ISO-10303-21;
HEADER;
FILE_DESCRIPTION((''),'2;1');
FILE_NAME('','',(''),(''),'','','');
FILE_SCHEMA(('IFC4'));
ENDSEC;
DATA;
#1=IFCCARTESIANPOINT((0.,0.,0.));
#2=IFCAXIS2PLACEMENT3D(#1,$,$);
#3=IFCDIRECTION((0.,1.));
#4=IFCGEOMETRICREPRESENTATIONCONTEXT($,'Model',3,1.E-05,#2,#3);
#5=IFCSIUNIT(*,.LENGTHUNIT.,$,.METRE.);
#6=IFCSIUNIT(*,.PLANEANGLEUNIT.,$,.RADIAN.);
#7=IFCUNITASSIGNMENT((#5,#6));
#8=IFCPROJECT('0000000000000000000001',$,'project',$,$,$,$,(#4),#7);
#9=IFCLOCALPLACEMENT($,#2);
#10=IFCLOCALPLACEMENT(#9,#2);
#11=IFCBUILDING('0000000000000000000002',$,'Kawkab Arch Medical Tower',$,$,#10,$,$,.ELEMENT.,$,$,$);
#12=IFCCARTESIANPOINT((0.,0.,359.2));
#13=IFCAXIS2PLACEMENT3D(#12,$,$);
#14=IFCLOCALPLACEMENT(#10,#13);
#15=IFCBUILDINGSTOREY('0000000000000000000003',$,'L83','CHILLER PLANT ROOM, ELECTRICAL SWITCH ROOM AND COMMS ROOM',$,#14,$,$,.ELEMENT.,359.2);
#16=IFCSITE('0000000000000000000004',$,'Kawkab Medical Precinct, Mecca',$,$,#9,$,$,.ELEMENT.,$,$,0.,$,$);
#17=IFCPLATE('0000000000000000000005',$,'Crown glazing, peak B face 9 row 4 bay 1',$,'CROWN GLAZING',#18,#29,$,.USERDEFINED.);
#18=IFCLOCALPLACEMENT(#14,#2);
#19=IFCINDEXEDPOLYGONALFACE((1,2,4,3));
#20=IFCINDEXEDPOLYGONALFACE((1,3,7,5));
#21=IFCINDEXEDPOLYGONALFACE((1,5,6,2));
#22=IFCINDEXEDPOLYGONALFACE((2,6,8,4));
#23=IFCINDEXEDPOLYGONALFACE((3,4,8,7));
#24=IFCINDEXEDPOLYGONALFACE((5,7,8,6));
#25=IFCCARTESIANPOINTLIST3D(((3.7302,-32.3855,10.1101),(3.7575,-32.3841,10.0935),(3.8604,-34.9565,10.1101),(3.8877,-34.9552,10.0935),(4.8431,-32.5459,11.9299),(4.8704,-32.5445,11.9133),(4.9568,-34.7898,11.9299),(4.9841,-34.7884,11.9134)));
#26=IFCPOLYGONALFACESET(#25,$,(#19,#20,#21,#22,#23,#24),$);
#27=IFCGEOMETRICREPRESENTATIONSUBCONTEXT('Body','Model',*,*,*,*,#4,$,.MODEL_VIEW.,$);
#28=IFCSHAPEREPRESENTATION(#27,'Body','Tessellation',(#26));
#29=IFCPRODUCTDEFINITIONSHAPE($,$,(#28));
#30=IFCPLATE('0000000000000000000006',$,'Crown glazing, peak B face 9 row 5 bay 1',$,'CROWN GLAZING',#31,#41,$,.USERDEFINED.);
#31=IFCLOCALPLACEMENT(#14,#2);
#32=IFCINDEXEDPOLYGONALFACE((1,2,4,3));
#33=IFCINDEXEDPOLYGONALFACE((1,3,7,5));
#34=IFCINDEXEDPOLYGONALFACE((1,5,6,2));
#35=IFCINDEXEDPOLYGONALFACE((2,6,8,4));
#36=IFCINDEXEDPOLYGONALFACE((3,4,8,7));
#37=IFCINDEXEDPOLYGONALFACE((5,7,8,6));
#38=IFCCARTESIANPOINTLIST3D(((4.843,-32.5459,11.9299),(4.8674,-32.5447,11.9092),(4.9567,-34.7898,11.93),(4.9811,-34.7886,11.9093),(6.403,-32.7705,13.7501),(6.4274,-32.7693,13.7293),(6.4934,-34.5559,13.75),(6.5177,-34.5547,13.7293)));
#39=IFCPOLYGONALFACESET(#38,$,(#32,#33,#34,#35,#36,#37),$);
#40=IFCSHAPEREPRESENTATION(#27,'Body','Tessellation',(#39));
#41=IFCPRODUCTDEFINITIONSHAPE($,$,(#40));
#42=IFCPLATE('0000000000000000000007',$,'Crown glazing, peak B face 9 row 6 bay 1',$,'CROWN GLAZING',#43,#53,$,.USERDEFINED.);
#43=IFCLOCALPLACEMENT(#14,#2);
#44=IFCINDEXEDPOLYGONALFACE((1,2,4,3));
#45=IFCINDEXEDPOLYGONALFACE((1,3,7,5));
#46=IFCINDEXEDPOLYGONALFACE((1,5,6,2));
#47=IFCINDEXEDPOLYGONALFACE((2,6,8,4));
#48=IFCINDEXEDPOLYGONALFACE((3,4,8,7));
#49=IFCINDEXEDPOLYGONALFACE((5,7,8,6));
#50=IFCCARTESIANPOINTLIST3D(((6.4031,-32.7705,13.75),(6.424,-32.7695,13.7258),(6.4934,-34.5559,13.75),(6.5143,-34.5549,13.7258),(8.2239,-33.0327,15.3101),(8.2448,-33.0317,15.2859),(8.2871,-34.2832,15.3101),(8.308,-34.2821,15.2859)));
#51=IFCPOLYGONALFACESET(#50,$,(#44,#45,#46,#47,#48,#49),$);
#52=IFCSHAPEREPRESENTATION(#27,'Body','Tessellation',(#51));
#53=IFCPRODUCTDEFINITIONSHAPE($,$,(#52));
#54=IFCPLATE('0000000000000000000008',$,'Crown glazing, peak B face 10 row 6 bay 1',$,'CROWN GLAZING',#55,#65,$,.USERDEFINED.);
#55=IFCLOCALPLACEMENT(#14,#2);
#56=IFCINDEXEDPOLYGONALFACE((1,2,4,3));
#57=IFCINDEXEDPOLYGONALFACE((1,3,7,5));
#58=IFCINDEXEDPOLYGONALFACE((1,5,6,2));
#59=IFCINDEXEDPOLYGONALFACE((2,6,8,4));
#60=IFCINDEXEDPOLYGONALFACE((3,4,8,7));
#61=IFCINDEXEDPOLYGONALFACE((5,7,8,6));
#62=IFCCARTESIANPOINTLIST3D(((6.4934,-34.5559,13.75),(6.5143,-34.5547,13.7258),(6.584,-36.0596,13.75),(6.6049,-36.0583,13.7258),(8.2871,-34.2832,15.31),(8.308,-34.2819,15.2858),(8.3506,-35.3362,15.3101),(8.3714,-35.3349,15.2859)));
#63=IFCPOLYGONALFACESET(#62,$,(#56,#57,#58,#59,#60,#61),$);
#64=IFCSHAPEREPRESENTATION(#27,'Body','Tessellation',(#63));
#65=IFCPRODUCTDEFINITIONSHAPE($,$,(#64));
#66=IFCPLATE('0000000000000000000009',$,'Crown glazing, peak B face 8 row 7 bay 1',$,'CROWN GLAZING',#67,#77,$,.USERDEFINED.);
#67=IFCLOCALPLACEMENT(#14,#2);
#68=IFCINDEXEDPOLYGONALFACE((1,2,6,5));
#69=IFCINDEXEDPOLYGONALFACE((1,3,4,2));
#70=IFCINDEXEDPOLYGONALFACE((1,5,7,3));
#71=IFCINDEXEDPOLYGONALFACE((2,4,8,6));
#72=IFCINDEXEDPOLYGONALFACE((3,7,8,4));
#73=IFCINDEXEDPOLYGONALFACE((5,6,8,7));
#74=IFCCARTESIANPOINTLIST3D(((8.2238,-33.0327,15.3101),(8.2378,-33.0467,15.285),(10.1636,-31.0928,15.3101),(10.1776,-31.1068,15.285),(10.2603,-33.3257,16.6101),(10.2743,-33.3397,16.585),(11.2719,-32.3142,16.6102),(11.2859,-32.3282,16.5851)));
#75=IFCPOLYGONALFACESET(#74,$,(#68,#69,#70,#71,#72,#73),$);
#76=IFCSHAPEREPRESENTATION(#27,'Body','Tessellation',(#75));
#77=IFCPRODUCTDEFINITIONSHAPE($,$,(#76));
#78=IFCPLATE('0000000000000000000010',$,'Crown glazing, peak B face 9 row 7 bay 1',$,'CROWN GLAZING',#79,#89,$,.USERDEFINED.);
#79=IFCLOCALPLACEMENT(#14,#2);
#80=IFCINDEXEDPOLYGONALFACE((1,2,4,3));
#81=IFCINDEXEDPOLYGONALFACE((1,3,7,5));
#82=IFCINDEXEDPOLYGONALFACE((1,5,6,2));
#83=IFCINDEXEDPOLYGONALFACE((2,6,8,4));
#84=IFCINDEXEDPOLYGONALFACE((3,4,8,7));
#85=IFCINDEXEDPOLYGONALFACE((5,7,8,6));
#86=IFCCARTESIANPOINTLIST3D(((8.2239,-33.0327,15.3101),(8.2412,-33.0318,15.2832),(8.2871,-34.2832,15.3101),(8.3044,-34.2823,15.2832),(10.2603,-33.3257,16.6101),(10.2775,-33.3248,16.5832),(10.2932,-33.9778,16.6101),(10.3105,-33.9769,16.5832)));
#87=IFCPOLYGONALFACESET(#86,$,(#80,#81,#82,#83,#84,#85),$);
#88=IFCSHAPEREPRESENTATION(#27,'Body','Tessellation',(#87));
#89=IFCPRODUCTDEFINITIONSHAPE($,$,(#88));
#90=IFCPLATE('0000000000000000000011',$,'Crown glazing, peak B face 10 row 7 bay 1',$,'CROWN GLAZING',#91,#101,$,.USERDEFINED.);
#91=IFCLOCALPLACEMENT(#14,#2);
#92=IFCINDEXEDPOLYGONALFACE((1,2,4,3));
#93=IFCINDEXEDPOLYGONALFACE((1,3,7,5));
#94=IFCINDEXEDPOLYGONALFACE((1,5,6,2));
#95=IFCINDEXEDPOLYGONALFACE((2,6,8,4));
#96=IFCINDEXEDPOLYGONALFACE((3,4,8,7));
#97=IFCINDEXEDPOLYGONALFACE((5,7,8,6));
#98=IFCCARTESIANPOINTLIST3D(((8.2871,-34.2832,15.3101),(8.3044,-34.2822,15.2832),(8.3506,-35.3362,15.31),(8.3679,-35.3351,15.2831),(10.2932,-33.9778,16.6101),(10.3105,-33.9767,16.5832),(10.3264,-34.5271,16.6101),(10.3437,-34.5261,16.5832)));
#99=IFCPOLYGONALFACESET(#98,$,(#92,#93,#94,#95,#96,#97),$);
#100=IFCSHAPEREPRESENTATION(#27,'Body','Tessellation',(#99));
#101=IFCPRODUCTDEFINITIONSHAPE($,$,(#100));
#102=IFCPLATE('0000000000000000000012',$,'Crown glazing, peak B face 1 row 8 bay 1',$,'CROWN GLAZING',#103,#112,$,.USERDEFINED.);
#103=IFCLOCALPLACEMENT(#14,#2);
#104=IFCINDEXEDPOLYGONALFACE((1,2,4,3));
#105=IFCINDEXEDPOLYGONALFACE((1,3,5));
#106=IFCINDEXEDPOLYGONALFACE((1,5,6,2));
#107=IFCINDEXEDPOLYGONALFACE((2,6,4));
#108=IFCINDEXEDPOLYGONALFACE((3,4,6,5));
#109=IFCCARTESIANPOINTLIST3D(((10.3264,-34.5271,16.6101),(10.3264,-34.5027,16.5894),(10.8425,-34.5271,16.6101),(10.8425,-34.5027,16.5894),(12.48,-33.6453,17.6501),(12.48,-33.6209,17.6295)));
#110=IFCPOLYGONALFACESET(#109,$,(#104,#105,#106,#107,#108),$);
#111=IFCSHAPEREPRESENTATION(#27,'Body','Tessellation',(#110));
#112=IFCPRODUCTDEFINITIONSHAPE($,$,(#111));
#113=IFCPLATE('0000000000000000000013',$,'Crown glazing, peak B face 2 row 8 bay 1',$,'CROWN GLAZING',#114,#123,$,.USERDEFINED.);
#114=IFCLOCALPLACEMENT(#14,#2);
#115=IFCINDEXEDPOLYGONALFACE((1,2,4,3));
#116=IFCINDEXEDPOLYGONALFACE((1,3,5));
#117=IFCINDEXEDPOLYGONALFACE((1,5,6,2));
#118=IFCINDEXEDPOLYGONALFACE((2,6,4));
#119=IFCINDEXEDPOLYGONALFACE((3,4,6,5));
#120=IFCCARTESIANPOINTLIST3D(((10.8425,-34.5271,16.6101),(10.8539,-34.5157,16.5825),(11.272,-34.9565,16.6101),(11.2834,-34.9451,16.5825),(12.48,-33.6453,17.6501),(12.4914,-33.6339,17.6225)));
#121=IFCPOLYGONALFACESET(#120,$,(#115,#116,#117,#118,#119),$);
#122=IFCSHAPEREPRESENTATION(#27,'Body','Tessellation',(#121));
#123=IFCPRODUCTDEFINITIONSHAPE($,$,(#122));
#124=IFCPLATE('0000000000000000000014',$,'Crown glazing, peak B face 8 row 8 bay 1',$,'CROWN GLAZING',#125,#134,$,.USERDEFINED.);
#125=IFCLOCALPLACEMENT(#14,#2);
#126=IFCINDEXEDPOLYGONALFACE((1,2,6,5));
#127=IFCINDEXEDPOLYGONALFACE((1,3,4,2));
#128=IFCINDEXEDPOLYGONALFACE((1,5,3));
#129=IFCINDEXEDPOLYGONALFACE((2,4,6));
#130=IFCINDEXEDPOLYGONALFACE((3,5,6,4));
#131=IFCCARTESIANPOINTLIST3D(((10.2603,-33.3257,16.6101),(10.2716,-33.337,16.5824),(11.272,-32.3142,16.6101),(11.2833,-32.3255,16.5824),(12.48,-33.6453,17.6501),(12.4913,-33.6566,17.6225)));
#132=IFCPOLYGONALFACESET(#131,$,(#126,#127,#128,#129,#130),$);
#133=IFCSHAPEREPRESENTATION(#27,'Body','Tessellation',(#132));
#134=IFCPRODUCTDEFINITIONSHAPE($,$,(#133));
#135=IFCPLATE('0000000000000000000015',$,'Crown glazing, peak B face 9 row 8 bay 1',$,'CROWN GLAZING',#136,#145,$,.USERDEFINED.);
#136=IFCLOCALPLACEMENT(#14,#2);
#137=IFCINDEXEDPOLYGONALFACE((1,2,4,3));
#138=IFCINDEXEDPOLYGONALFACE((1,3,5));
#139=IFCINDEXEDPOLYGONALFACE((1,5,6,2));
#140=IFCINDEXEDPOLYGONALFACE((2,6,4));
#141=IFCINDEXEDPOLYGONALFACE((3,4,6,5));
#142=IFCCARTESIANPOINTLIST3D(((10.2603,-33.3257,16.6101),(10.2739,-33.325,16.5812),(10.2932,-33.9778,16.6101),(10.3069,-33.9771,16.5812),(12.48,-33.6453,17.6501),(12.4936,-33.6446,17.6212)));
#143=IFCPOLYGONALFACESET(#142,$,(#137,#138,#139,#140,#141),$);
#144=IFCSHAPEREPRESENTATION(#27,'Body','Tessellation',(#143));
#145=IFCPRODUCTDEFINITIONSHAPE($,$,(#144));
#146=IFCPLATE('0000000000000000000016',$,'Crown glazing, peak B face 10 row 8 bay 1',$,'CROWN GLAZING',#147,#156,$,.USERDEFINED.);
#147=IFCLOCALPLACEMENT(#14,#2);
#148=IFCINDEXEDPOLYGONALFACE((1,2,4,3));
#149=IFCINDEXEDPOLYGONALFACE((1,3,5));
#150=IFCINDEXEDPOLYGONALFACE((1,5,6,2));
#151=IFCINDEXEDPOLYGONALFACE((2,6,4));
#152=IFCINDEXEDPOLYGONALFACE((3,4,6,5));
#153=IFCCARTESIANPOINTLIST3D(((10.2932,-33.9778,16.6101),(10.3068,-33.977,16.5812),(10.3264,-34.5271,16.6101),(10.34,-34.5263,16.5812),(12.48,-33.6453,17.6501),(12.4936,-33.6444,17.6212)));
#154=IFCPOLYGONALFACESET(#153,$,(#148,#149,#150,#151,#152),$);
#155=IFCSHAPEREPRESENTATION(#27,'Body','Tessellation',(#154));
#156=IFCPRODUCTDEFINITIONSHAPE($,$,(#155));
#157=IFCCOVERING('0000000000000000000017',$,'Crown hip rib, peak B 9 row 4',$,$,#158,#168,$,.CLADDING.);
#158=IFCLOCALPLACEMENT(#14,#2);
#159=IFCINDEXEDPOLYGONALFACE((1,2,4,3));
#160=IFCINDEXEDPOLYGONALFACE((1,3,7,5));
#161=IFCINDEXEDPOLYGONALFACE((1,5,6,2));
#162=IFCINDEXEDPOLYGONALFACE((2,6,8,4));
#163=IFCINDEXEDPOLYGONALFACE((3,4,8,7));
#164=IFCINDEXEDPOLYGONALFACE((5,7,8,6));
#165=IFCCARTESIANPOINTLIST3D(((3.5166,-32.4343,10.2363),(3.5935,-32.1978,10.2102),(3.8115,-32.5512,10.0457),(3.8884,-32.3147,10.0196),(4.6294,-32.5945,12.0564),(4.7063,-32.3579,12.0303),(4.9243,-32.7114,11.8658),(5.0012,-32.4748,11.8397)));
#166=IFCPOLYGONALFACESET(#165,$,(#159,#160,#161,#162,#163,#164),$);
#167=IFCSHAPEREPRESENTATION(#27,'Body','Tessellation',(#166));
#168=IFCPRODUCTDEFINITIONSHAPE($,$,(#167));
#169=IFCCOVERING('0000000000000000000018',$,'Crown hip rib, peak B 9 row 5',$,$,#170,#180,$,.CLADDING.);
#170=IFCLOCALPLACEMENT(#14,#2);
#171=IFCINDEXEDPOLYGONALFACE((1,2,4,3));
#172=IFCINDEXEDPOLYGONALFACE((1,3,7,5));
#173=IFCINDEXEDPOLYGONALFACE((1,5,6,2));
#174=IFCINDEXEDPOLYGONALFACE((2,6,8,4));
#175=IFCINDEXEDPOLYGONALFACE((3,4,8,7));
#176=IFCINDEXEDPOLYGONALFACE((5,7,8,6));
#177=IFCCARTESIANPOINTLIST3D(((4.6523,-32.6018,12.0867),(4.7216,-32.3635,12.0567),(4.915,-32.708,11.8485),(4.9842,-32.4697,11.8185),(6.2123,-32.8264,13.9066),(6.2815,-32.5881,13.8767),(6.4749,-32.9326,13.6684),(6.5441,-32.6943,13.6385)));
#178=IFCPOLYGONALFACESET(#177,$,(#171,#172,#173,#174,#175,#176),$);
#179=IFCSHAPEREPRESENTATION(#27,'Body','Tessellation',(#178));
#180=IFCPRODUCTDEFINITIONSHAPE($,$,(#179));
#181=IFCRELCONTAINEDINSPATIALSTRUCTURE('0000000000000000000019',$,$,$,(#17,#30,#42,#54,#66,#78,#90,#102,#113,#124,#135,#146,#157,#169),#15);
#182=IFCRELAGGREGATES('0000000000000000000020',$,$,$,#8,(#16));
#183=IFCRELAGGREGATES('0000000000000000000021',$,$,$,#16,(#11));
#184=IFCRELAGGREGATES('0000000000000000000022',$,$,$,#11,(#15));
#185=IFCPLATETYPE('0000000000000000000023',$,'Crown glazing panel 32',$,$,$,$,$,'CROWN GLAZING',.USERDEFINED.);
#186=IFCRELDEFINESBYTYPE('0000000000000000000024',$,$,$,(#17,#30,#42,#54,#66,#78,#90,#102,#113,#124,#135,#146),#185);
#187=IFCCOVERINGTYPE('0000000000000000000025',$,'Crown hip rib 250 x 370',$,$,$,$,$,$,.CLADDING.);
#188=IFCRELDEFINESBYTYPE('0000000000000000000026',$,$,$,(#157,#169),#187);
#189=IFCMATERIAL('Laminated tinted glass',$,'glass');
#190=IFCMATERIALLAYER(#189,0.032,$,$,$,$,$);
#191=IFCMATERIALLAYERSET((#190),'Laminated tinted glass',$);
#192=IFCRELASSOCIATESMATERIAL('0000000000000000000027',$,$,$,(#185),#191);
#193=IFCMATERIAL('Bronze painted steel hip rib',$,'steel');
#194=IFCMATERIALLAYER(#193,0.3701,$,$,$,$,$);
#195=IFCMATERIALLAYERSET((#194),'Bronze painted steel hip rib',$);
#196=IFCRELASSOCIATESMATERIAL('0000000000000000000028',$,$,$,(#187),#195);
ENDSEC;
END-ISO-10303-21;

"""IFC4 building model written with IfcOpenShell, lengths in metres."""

from ifc_helpers import new_model, si_unit, direction, frame, origin, place, context, subcontext, project, spatial, polyline, outline, extrude, material, layer, layer_set, type_object, element, save


model = new_model("IFC4")

# Units and contexts
model_context = context("Model", 3, precision=1e-05, world=origin(), true_north=direction((0.0, 1.0)))
body_context = subcontext(model_context, "Body", "Model", "MODEL_VIEW")
ifc_project = project(units=[si_unit("LENGTHUNIT", "METRE"), si_unit("PLANEANGLEUNIT", "RADIAN")], contexts=[model_context])

# Site, building, storey
site_placement = place(None, origin())
site = spatial("IfcSite", under=ifc_project, at=site_placement, Name="Kawkab Medical Precinct, Mecca", CompositionType="ELEMENT", RefElevation=0.0)
building_placement = place(site_placement, origin())
building = spatial("IfcBuilding", under=site, at=building_placement, Name="Kawkab Arch Medical Tower", CompositionType="ELEMENT")
storey_placement = place(building_placement, frame((0.0, 0.0, 359.2)))
storey = spatial("IfcBuildingStorey", under=building, at=storey_placement, Name="L83", Description="CHILLER PLANT ROOM, ELECTRICAL SWITCH ROOM AND COMMS ROOM", CompositionType="ELEMENT", Elevation=359.2)

# Plates
ifc_material_1 = material(Name="Laminated tinted glass", Category="glass")
ifc_layer_1 = layer(ifc_material_1, 0.032)
ifc_layer_set_1 = layer_set([ifc_layer_1], Name="Laminated tinted glass")
plate_type = type_object("IfcPlateType", Name="Crown glazing panel 32", ElementType="CROWN GLAZING", PredefinedType="USERDEFINED", material=ifc_layer_set_1)
plate_1_placement = place(storey_placement, frame((3.7302, -32.3855, 10.1101), z_axis=(-0.854012, -0.043259, 0.518452), x_axis=(0.050578, -0.99872, -0.000018)))
element("IfcPlate", 1, at=plate_1_placement, inside=storey, type_object=plate_type, Name="Crown glazing, peak B face 9 row 4 bay 1", ObjectType="CROWN GLAZING", PredefinedType="USERDEFINED", context=body_context, shape_type="SweptSolid", body=[
    extrude(outline(polyline([(0.0, 0.0), (2.5743, 0.0), (2.4632, 2.1282), (0.2164, 2.1281), (0.0, 0.0)])), origin(), (0.0, 0.0, -1.0), 0.032),
])
plate_2_placement = place(storey_placement, frame((4.843, -32.5459, 11.9299), z_axis=(-0.76106, -0.038551, 0.647535), x_axis=(0.050609, -0.998719, 0.000023)))
element("IfcPlate", 2, at=plate_2_placement, inside=storey, type_object=plate_type, Name="Crown glazing, peak B face 9 row 5 bay 1", ObjectType="CROWN GLAZING", PredefinedType="USERDEFINED", context=body_context, shape_type="SweptSolid", body=[
    extrude(outline(polyline([(0.0, 0.0), (2.2468, 0.0), (2.091, 2.3884), (0.3033, 2.3885), (0.0, 0.0)])), origin(), (0.0, 0.0, -1.0), 0.032),
])
plate_3_placement = place(storey_placement, frame((6.4031, -32.7705, 13.75), z_axis=(-0.653029, -0.033032, 0.756613), x_axis=(0.050525, -0.998723, 0.000006)))
element("IfcPlate", 3, at=plate_3_placement, inside=storey, type_object=plate_type, Name="Crown glazing, peak B face 9 row 6 bay 1", ObjectType="CROWN GLAZING", PredefinedType="USERDEFINED", context=body_context, shape_type="SweptSolid", body=[
    extrude(outline(polyline([(0.0, 0.0), (1.7877, 0.0), (1.606, 2.3859), (0.3539, 2.3859), (0.0, 0.0)])), origin(), (0.0, 0.0, -1.0), 0.032),
])
plate_4_placement = place(storey_placement, frame((6.4934, -34.5559, 13.75), z_axis=(-0.652333, -0.039307, 0.756913), x_axis=(0.060136, -0.99819, -0.000009)))
element("IfcPlate", 4, at=plate_4_placement, inside=storey, type_object=plate_type, Name="Crown glazing, peak B face 10 row 6 bay 1", ObjectType="CROWN GLAZING", PredefinedType="USERDEFINED", context=body_context, shape_type="SweptSolid", body=[
    extrude(outline(polyline([(0.0, 0.0), (1.5064, 0.0), (0.8905, 2.3872), (-0.1644, 2.3872), (0.0, 0.0)])), origin(), (0.0, 0.0, -1.0), 0.032),
])
plate_5_placement = place(storey_placement, frame((10.1636, -31.0928, 15.3101), z_axis=(-0.438066, 0.438066, 0.784982), x_axis=(-0.707079, -0.707134, 0.000031)))
element("IfcPlate", 5, at=plate_5_placement, inside=storey, type_object=plate_type, Name="Crown glazing, peak B face 8 row 7 bay 1", ObjectType="CROWN GLAZING", PredefinedType="USERDEFINED", context=body_context, shape_type="SweptSolid", body=[
    extrude(outline(polyline([(0.0, 0.0), (2.7433, 0.0), (1.5106, 2.0984), (0.08, 2.0986), (0.0, 0.0)])), origin(), (0.0, 0.0, -1.0), 0.032),
])
plate_6_placement = place(storey_placement, frame((8.2239, -33.0327, 15.3101), z_axis=(-0.540696, -0.027337, 0.840774), x_axis=(0.050499, -0.998724, 0.000004)))
element("IfcPlate", 6, at=plate_6_placement, inside=storey, type_object=plate_type, Name="Crown glazing, peak B face 9 row 7 bay 1", ObjectType="CROWN GLAZING", PredefinedType="USERDEFINED", context=body_context, shape_type="SweptSolid", body=[
    extrude(outline(polyline([(0.0, 0.0), (1.2521, 0.0), (1.0484, 2.4013), (0.3954, 2.4013), (0.0, 0.0)])), origin(), (0.0, 0.0, -1.0), 0.032),
])
plate_7_placement = place(storey_placement, frame((8.2871, -34.2832, 15.3101), z_axis=(-0.540037, -0.032585, 0.84101), x_axis=(0.06019, -0.998187, -0.000025)))
element("IfcPlate", 7, at=plate_7_placement, inside=storey, type_object=plate_type, Name="Crown glazing, peak B face 10 row 7 bay 1", ObjectType="CROWN GLAZING", PredefinedType="USERDEFINED", context=body_context, shape_type="SweptSolid", body=[
    extrude(outline(polyline([(0.0, 0.0), (1.0549, 0.0), (0.3662, 2.403), (-0.1842, 2.4029), (0.0, 0.0)])), origin(), (0.0, 0.0, -1.0), 0.032),
])
plate_8_placement = place(storey_placement, frame((10.3264, -34.5271, 16.6101), z_axis=(0.0, -0.762734, 0.646712), x_axis=(1.0, 0.0, 0.0)))
element("IfcPlate", 8, at=plate_8_placement, inside=storey, type_object=plate_type, Name="Crown glazing, peak B face 1 row 8 bay 1", ObjectType="CROWN GLAZING", PredefinedType="USERDEFINED", context=body_context, shape_type="SweptSolid", body=[
    extrude(outline(polyline([(0.0, 0.0), (0.5161, 0.0), (2.1536, 1.3636), (0.0, 0.0)])), origin(), (0.0, 0.0, -1.0), 0.032),
])
plate_9_placement = place(storey_placement, frame((10.8425, -34.5271, 16.6101), z_axis=(-0.356517, -0.356517, 0.863592), x_axis=(0.707107, -0.707107, 0.0)))
element("IfcPlate", 9, at=plate_9_placement, inside=storey, type_object=plate_type, Name="Crown glazing, peak B face 2 row 8 bay 1", ObjectType="CROWN GLAZING", PredefinedType="USERDEFINED", context=body_context, shape_type="SweptSolid", body=[
    extrude(outline(polyline([(0.0, 0.0), (0.6073, 0.0), (0.5343, 2.0628), (0.0, 0.0)])), origin(), (0.0, 0.0, -1.0), 0.032),
])
plate_10_placement = place(storey_placement, frame((11.272, -32.3142, 16.6101), z_axis=(-0.354396, 0.354481, 0.865301), x_axis=(-0.707192, -0.707021, 0.0)))
element("IfcPlate", 10, at=plate_10_placement, inside=storey, type_object=plate_type, Name="Crown glazing, peak B face 8 row 8 bay 1", ObjectType="CROWN GLAZING", PredefinedType="USERDEFINED", context=body_context, shape_type="SweptSolid", body=[
    extrude(outline(polyline([(0.0, 0.0), (1.4306, 0.0), (0.0868, 2.0749), (0.0, 0.0)])), origin(), (0.0, 0.0, -1.0), 0.032),
])
plate_11_placement = place(storey_placement, frame((10.2603, -33.3257, 16.6101), z_axis=(-0.426727, -0.021568, 0.904123), x_axis=(0.050478, -0.998725, 0.0)))
element("IfcPlate", 11, at=plate_11_placement, inside=storey, type_object=plate_type, Name="Crown glazing, peak B face 9 row 8 bay 1", ObjectType="CROWN GLAZING", PredefinedType="USERDEFINED", context=body_context, shape_type="SweptSolid", body=[
    extrude(outline(polyline([(0.0, 0.0), (0.6529, 0.0), (0.4312, 2.4341), (0.0, 0.0)])), origin(), (0.0, 0.0, -1.0), 0.032),
])
plate_12_placement = place(storey_placement, frame((10.2932, -33.9778, 16.6101), z_axis=(-0.426163, -0.025759, 0.904279), x_axis=(0.060334, -0.998178, 0.0)))
element("IfcPlate", 12, at=plate_12_placement, inside=storey, type_object=plate_type, Name="Crown glazing, peak B face 10 row 8 bay 1", ObjectType="CROWN GLAZING", PredefinedType="USERDEFINED", context=body_context, shape_type="SweptSolid", body=[
    extrude(outline(polyline([(0.0, 0.0), (0.5503, 0.0), (-0.2, 2.436), (0.0, 0.0)])), origin(), (0.0, 0.0, -1.0), 0.032),
])

# Coverings
ifc_material_2 = material(Name="Bronze painted steel hip rib", Category="steel")
ifc_layer_2 = layer(ifc_material_2, 0.3701)
ifc_layer_set_2 = layer_set([ifc_layer_2], Name="Bronze painted steel hip rib")
covering_type_1 = type_object("IfcCoveringType", Name="Crown hip rib 250 x 370", PredefinedType="CLADDING", material=ifc_layer_set_2)
covering_1_placement = place(storey_placement, frame((3.5166, -32.4343, 10.2363), z_axis=(-0.796856, 0.315908, 0.514998), x_axis=(0.520167, -0.074864, 0.850777)))
element("IfcCovering", 13, at=covering_1_placement, inside=storey, type_object=covering_type_1, Name="Crown hip rib, peak B 9 row 4", PredefinedType="CLADDING", context=body_context, shape_type="SweptSolid", body=[
    extrude(outline(polyline([(0.0, 0.0), (2.1393, 0.0), (2.1394, 0.2501), (0.0001, 0.2501), (0.0, 0.0)])), origin(), (0.0, 0.0, -1.0), 0.3701),
])
covering_2_placement = place(storey_placement, frame((4.6523, -32.6018, 12.0867), z_axis=(-0.709563, 0.286887, 0.643596), x_axis=(0.647954, -0.093277, 0.755946)))
element("IfcCovering", 14, at=covering_2_placement, inside=storey, type_object=covering_type_1, Name="Crown hip rib, peak B 9 row 5", PredefinedType="CLADDING", context=body_context, shape_type="SweptSolid", body=[
    extrude(outline(polyline([(0.0, 0.0), (2.4075, 0.0), (2.4075, 0.2499), (0.0, 0.25), (0.0, 0.0)])), origin(), (0.0, 0.0, -1.0), 0.3701),
])

save(model, "model.ifc")
